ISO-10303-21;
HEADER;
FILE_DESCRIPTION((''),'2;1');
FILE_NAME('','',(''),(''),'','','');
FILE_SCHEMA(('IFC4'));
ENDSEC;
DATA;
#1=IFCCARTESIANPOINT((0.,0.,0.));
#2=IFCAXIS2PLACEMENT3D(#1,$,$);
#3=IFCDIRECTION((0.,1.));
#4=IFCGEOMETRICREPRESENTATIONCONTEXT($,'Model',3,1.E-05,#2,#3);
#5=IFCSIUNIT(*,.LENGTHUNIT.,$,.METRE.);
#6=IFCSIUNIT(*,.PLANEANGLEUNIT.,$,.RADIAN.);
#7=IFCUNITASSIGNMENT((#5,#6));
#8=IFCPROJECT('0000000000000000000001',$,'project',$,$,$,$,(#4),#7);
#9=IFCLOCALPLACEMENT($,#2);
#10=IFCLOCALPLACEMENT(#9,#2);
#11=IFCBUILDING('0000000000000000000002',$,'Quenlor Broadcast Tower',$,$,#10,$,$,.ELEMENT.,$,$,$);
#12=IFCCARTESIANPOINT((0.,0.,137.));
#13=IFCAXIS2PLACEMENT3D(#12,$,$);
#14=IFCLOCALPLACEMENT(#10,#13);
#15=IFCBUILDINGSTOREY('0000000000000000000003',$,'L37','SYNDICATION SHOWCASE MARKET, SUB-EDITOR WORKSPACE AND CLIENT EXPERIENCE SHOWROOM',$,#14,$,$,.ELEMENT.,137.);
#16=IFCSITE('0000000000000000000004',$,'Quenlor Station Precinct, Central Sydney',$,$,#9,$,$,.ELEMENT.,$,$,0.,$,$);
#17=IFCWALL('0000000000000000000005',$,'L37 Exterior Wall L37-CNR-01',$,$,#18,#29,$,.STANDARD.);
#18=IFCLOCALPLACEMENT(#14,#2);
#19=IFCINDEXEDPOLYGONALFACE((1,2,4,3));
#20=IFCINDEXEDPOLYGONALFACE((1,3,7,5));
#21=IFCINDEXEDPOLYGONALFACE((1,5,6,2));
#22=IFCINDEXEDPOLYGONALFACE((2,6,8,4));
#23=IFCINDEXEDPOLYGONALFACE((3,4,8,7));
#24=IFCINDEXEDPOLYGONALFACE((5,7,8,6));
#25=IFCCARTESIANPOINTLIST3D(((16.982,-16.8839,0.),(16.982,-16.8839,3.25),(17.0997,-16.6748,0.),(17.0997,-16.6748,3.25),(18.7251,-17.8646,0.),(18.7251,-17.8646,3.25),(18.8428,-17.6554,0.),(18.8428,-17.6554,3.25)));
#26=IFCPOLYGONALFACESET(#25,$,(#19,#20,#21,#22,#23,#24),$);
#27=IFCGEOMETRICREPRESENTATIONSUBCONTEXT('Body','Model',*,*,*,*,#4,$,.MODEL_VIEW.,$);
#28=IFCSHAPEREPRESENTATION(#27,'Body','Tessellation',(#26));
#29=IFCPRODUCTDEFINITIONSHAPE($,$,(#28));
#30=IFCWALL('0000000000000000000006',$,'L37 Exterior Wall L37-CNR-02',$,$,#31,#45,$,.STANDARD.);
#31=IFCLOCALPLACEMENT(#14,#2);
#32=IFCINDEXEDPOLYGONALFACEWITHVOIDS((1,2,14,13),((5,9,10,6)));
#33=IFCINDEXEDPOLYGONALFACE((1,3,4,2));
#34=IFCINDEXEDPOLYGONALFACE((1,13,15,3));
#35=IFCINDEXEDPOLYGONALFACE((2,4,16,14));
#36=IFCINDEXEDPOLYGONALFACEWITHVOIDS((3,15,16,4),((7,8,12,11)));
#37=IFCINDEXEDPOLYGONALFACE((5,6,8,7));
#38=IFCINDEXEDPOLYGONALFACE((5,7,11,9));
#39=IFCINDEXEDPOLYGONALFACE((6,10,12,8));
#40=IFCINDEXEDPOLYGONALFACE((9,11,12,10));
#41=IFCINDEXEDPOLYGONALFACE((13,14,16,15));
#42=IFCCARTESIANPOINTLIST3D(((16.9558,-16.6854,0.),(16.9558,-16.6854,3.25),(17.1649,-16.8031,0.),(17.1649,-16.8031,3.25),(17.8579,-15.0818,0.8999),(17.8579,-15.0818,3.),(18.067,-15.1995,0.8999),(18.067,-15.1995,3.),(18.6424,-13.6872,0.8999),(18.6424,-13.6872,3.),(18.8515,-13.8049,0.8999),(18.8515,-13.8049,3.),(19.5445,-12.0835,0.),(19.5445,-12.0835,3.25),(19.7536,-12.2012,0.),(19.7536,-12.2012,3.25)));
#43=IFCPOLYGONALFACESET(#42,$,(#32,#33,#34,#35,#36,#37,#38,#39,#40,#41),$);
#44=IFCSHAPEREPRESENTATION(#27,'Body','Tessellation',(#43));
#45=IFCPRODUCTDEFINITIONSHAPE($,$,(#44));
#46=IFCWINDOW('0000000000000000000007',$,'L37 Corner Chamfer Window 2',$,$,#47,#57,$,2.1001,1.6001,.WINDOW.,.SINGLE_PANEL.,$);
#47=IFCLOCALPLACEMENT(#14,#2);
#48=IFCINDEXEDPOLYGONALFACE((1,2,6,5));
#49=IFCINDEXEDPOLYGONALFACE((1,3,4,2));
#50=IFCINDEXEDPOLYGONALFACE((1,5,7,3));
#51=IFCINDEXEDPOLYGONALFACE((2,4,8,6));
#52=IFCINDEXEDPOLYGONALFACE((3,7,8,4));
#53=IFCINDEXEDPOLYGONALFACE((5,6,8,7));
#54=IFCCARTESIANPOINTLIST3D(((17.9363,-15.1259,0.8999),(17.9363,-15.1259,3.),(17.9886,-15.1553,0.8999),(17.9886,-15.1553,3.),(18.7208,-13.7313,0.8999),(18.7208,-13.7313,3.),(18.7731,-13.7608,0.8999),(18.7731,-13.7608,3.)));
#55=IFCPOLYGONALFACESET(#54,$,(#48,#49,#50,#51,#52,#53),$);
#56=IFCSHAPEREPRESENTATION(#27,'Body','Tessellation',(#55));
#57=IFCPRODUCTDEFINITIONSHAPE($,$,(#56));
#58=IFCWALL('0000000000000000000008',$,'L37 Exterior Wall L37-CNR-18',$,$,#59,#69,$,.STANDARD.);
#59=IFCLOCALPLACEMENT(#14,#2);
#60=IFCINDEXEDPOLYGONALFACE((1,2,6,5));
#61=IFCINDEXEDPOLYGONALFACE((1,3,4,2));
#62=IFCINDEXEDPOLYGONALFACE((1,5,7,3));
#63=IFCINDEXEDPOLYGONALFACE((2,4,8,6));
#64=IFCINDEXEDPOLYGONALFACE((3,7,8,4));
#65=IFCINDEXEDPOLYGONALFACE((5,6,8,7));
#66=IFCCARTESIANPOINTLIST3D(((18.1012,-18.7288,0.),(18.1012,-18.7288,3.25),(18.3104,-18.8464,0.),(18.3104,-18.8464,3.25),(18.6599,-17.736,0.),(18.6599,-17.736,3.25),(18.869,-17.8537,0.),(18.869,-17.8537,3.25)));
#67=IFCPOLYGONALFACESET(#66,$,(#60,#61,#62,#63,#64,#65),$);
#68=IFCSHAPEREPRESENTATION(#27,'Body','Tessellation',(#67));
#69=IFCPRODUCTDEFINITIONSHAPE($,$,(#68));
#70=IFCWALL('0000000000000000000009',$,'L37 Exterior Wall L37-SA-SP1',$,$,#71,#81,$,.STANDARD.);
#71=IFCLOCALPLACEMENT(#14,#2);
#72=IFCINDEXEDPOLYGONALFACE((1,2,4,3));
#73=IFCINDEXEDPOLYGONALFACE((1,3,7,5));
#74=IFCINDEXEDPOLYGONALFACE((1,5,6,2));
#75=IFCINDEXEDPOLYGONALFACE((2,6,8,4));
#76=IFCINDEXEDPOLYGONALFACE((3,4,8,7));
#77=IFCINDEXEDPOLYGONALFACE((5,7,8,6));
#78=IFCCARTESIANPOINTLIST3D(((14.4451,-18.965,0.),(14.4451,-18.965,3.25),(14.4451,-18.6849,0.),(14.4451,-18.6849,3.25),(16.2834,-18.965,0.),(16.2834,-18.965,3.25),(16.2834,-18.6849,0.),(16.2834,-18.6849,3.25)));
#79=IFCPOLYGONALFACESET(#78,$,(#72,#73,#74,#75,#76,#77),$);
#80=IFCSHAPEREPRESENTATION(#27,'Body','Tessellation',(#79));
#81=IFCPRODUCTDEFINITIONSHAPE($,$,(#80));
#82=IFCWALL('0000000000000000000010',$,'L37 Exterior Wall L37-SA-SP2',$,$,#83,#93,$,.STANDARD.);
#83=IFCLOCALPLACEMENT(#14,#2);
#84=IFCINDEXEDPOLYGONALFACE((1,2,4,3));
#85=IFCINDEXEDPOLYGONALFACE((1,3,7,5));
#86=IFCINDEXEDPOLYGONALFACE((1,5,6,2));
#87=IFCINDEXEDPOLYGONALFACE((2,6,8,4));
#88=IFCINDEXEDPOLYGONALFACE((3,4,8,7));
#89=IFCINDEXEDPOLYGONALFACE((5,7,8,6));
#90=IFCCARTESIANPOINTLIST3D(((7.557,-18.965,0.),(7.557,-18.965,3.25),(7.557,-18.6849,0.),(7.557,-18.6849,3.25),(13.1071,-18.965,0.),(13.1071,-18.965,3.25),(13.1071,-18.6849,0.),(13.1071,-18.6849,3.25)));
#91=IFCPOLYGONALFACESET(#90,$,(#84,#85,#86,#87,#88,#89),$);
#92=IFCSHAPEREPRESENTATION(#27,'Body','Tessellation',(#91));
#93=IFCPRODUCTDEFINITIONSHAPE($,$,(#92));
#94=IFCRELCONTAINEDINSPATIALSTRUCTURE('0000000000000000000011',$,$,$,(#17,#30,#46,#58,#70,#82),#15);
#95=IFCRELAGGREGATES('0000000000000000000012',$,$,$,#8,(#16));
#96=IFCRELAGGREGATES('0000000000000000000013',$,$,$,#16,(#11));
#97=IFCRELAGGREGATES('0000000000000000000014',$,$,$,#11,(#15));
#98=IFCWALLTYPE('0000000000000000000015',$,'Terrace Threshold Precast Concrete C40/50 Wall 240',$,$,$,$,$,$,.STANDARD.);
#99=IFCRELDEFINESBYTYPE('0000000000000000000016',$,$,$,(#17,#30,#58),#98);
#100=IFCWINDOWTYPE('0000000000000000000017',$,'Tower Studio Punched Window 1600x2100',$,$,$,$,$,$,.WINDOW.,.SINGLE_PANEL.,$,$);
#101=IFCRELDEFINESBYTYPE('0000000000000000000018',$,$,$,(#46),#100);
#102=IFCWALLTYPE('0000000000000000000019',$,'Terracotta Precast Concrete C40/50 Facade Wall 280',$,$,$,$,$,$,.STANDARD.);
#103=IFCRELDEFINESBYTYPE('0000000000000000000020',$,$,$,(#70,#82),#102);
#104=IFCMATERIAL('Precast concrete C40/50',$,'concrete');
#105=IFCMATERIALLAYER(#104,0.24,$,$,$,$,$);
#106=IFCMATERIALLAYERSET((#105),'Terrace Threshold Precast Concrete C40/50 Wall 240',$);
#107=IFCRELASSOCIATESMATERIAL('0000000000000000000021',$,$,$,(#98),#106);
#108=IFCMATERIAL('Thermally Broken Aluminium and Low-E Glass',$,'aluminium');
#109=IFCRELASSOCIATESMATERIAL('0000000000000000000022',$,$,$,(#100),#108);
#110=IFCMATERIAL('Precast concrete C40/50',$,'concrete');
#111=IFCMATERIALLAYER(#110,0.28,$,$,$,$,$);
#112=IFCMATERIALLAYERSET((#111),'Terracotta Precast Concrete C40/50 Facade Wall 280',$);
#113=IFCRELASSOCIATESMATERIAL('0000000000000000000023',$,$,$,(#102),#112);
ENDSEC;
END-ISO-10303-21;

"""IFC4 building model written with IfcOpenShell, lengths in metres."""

from ifc_helpers import new_model, si_unit, direction, frame, frame_2d, origin, place, context, subcontext, project, spatial, rectangle, extrude, material, layer, layer_set, type_object, element, fill, save


model = new_model("IFC4")

# Units and contexts
model_context = context("Model", 3, precision=1e-05, world=origin(), true_north=direction((0.0, 1.0)))
body_context = subcontext(model_context, "Body", "Model", "MODEL_VIEW")
ifc_project = project(units=[si_unit("LENGTHUNIT", "METRE"), si_unit("PLANEANGLEUNIT", "RADIAN")], contexts=[model_context])

# Site, building, storey
site_placement = place(None, origin())
site = spatial("IfcSite", under=ifc_project, at=site_placement, Name="Quenlor Station Precinct, Central Sydney", CompositionType="ELEMENT", RefElevation=0.0)
building_placement = place(site_placement, origin())
building = spatial("IfcBuilding", under=site, at=building_placement, Name="Quenlor Broadcast Tower", CompositionType="ELEMENT")
storey_placement = place(building_placement, frame((0.0, 0.0, 137.0)))
storey = spatial("IfcBuildingStorey", under=building, at=storey_placement, Name="L37", Description="SYNDICATION SHOWCASE MARKET, SUB-EDITOR WORKSPACE AND CLIENT EXPERIENCE SHOWROOM", CompositionType="ELEMENT", Elevation=137.0)

# Wall
ifc_material_1 = material(Name="Precast concrete C40/50", Category="concrete")
ifc_layer_1 = layer(ifc_material_1, 0.24)
ifc_layer_set_1 = layer_set([ifc_layer_1], Name="Terrace Threshold Precast Concrete C40/50 Wall 240")
wall_type_1 = type_object("IfcWallType", Name="Terrace Threshold Precast Concrete C40/50 Wall 240", PredefinedType="STANDARD", material=ifc_layer_set_1)
wall_1_placement = place(storey_placement, frame((18.7839, -17.76, 0.0), z_axis=(0.0, 0.0, 1.0), x_axis=(-0.871536, 0.490331, 0.0)))
element("IfcWall", 1, at=wall_1_placement, inside=storey, type_object=wall_type_1, Name="L37 Exterior Wall L37-CNR-01", PredefinedType="STANDARD", context=body_context, shape_type="SweptSolid", body=[
    extrude(rectangle(XDim=2.0, YDim=0.24, at=frame_2d((1.0, 0.0))), origin(), (0.0, 0.0, 1.0), 3.25),
])

# Wall, opening, window
wall_2_placement = place(storey_placement, frame((17.0603, -16.7444, 0.0), z_axis=(0.0, 0.0, 1.0), x_axis=(0.490277, 0.871567, 0.0)))
wall_2 = element("IfcWall", 2, at=wall_2_placement, inside=storey, type_object=wall_type_1, Name="L37 Exterior Wall L37-CNR-02", PredefinedType="STANDARD", context=body_context, shape_type="SweptSolid", body=[
    extrude(rectangle(XDim=5.28, YDim=0.24, at=frame_2d((2.6401, 0.0))), origin(), (0.0, 0.0, 1.0), 3.25),
])
opening_placement = place(wall_2_placement, frame((1.8401, 0.0, 0.8999)))
opening = element("IfcOpeningElement", 3, at=opening_placement, cuts=wall_2, PredefinedType="OPENING", context=body_context, shape_type="SweptSolid", body=[
    extrude(rectangle(XDim=1.6001, YDim=2.1001, at=frame_2d((0.8, 1.05))), frame((0.0, 0.1299, 0.0), z_axis=(0.0, -1.0, 0.0), x_axis=(1.0, 0.0, 0.0)), (0.0, 0.0, 1.0), 0.26),
])
ifc_material_2 = material(Name="Thermally Broken Aluminium and Low-E Glass", Category="aluminium")
window_type = type_object("IfcWindowType", Name="Tower Studio Punched Window 1600x2100", PartitioningType="SINGLE_PANEL", PredefinedType="WINDOW", material=ifc_material_2)
window_placement = place(opening_placement, origin())
window = element("IfcWindow", 4, at=window_placement, inside=storey, type_object=window_type, Name="L37 Corner Chamfer Window 2", OverallHeight=2.1001, OverallWidth=1.6001, PartitioningType="SINGLE_PANEL", PredefinedType="WINDOW", context=body_context, shape_type="SweptSolid", body=[
    extrude(rectangle(XDim=1.6001, YDim=2.1001, at=frame_2d((0.8, 1.05))), frame((0.0, 0.03, 0.0), z_axis=(0.0, -1.0, 0.0), x_axis=(1.0, 0.0, 0.0)), (0.0, 0.0, 1.0), 0.0601),
])
fill(opening, window)

# Walls
wall_3_placement = place(storey_placement, frame((18.2058, -18.7876, 0.0), z_axis=(0.0, 0.0, 1.0), x_axis=(0.490404, 0.871495, 0.0)))
element("IfcWall", 5, at=wall_3_placement, inside=storey, type_object=wall_type_1, Name="L37 Exterior Wall L37-CNR-18", PredefinedType="STANDARD", context=body_context, shape_type="SweptSolid", body=[
    extrude(rectangle(XDim=1.1392, YDim=0.24, at=frame_2d((0.5696, 0.0))), origin(), (0.0, 0.0, 1.0), 3.25),
])
ifc_material_3 = material(Name="Precast concrete C40/50", Category="concrete")
ifc_layer_2 = layer(ifc_material_3, 0.28)
ifc_layer_set_2 = layer_set([ifc_layer_2], Name="Terracotta Precast Concrete C40/50 Facade Wall 280")
wall_type_2 = type_object("IfcWallType", Name="Terracotta Precast Concrete C40/50 Facade Wall 280", PredefinedType="STANDARD", material=ifc_layer_set_2)
wall_4_placement = place(storey_placement, frame((16.2834, -18.825, 0.0), z_axis=(0.0, 0.0, 1.0), x_axis=(-1.0, 0.0, 0.0)))
element("IfcWall", 6, at=wall_4_placement, inside=storey, type_object=wall_type_2, Name="L37 Exterior Wall L37-SA-SP1", PredefinedType="STANDARD", context=body_context, shape_type="SweptSolid", body=[
    extrude(rectangle(XDim=1.8384, YDim=0.28, at=frame_2d((0.9192, 0.0))), origin(), (0.0, 0.0, 1.0), 3.25),
])
wall_5_placement = place(storey_placement, frame((13.1069, -18.825, 0.0), z_axis=(0.0, 0.0, 1.0), x_axis=(-1.0, 0.0, 0.0)))
element("IfcWall", 7, at=wall_5_placement, inside=storey, type_object=wall_type_2, Name="L37 Exterior Wall L37-SA-SP2", PredefinedType="STANDARD", context=body_context, shape_type="SweptSolid", body=[
    extrude(rectangle(XDim=5.55, YDim=0.28, at=frame_2d((2.7749, 0.0))), origin(), (0.0, 0.0, 1.0), 3.25),
])

save(model, "model.ifc")
